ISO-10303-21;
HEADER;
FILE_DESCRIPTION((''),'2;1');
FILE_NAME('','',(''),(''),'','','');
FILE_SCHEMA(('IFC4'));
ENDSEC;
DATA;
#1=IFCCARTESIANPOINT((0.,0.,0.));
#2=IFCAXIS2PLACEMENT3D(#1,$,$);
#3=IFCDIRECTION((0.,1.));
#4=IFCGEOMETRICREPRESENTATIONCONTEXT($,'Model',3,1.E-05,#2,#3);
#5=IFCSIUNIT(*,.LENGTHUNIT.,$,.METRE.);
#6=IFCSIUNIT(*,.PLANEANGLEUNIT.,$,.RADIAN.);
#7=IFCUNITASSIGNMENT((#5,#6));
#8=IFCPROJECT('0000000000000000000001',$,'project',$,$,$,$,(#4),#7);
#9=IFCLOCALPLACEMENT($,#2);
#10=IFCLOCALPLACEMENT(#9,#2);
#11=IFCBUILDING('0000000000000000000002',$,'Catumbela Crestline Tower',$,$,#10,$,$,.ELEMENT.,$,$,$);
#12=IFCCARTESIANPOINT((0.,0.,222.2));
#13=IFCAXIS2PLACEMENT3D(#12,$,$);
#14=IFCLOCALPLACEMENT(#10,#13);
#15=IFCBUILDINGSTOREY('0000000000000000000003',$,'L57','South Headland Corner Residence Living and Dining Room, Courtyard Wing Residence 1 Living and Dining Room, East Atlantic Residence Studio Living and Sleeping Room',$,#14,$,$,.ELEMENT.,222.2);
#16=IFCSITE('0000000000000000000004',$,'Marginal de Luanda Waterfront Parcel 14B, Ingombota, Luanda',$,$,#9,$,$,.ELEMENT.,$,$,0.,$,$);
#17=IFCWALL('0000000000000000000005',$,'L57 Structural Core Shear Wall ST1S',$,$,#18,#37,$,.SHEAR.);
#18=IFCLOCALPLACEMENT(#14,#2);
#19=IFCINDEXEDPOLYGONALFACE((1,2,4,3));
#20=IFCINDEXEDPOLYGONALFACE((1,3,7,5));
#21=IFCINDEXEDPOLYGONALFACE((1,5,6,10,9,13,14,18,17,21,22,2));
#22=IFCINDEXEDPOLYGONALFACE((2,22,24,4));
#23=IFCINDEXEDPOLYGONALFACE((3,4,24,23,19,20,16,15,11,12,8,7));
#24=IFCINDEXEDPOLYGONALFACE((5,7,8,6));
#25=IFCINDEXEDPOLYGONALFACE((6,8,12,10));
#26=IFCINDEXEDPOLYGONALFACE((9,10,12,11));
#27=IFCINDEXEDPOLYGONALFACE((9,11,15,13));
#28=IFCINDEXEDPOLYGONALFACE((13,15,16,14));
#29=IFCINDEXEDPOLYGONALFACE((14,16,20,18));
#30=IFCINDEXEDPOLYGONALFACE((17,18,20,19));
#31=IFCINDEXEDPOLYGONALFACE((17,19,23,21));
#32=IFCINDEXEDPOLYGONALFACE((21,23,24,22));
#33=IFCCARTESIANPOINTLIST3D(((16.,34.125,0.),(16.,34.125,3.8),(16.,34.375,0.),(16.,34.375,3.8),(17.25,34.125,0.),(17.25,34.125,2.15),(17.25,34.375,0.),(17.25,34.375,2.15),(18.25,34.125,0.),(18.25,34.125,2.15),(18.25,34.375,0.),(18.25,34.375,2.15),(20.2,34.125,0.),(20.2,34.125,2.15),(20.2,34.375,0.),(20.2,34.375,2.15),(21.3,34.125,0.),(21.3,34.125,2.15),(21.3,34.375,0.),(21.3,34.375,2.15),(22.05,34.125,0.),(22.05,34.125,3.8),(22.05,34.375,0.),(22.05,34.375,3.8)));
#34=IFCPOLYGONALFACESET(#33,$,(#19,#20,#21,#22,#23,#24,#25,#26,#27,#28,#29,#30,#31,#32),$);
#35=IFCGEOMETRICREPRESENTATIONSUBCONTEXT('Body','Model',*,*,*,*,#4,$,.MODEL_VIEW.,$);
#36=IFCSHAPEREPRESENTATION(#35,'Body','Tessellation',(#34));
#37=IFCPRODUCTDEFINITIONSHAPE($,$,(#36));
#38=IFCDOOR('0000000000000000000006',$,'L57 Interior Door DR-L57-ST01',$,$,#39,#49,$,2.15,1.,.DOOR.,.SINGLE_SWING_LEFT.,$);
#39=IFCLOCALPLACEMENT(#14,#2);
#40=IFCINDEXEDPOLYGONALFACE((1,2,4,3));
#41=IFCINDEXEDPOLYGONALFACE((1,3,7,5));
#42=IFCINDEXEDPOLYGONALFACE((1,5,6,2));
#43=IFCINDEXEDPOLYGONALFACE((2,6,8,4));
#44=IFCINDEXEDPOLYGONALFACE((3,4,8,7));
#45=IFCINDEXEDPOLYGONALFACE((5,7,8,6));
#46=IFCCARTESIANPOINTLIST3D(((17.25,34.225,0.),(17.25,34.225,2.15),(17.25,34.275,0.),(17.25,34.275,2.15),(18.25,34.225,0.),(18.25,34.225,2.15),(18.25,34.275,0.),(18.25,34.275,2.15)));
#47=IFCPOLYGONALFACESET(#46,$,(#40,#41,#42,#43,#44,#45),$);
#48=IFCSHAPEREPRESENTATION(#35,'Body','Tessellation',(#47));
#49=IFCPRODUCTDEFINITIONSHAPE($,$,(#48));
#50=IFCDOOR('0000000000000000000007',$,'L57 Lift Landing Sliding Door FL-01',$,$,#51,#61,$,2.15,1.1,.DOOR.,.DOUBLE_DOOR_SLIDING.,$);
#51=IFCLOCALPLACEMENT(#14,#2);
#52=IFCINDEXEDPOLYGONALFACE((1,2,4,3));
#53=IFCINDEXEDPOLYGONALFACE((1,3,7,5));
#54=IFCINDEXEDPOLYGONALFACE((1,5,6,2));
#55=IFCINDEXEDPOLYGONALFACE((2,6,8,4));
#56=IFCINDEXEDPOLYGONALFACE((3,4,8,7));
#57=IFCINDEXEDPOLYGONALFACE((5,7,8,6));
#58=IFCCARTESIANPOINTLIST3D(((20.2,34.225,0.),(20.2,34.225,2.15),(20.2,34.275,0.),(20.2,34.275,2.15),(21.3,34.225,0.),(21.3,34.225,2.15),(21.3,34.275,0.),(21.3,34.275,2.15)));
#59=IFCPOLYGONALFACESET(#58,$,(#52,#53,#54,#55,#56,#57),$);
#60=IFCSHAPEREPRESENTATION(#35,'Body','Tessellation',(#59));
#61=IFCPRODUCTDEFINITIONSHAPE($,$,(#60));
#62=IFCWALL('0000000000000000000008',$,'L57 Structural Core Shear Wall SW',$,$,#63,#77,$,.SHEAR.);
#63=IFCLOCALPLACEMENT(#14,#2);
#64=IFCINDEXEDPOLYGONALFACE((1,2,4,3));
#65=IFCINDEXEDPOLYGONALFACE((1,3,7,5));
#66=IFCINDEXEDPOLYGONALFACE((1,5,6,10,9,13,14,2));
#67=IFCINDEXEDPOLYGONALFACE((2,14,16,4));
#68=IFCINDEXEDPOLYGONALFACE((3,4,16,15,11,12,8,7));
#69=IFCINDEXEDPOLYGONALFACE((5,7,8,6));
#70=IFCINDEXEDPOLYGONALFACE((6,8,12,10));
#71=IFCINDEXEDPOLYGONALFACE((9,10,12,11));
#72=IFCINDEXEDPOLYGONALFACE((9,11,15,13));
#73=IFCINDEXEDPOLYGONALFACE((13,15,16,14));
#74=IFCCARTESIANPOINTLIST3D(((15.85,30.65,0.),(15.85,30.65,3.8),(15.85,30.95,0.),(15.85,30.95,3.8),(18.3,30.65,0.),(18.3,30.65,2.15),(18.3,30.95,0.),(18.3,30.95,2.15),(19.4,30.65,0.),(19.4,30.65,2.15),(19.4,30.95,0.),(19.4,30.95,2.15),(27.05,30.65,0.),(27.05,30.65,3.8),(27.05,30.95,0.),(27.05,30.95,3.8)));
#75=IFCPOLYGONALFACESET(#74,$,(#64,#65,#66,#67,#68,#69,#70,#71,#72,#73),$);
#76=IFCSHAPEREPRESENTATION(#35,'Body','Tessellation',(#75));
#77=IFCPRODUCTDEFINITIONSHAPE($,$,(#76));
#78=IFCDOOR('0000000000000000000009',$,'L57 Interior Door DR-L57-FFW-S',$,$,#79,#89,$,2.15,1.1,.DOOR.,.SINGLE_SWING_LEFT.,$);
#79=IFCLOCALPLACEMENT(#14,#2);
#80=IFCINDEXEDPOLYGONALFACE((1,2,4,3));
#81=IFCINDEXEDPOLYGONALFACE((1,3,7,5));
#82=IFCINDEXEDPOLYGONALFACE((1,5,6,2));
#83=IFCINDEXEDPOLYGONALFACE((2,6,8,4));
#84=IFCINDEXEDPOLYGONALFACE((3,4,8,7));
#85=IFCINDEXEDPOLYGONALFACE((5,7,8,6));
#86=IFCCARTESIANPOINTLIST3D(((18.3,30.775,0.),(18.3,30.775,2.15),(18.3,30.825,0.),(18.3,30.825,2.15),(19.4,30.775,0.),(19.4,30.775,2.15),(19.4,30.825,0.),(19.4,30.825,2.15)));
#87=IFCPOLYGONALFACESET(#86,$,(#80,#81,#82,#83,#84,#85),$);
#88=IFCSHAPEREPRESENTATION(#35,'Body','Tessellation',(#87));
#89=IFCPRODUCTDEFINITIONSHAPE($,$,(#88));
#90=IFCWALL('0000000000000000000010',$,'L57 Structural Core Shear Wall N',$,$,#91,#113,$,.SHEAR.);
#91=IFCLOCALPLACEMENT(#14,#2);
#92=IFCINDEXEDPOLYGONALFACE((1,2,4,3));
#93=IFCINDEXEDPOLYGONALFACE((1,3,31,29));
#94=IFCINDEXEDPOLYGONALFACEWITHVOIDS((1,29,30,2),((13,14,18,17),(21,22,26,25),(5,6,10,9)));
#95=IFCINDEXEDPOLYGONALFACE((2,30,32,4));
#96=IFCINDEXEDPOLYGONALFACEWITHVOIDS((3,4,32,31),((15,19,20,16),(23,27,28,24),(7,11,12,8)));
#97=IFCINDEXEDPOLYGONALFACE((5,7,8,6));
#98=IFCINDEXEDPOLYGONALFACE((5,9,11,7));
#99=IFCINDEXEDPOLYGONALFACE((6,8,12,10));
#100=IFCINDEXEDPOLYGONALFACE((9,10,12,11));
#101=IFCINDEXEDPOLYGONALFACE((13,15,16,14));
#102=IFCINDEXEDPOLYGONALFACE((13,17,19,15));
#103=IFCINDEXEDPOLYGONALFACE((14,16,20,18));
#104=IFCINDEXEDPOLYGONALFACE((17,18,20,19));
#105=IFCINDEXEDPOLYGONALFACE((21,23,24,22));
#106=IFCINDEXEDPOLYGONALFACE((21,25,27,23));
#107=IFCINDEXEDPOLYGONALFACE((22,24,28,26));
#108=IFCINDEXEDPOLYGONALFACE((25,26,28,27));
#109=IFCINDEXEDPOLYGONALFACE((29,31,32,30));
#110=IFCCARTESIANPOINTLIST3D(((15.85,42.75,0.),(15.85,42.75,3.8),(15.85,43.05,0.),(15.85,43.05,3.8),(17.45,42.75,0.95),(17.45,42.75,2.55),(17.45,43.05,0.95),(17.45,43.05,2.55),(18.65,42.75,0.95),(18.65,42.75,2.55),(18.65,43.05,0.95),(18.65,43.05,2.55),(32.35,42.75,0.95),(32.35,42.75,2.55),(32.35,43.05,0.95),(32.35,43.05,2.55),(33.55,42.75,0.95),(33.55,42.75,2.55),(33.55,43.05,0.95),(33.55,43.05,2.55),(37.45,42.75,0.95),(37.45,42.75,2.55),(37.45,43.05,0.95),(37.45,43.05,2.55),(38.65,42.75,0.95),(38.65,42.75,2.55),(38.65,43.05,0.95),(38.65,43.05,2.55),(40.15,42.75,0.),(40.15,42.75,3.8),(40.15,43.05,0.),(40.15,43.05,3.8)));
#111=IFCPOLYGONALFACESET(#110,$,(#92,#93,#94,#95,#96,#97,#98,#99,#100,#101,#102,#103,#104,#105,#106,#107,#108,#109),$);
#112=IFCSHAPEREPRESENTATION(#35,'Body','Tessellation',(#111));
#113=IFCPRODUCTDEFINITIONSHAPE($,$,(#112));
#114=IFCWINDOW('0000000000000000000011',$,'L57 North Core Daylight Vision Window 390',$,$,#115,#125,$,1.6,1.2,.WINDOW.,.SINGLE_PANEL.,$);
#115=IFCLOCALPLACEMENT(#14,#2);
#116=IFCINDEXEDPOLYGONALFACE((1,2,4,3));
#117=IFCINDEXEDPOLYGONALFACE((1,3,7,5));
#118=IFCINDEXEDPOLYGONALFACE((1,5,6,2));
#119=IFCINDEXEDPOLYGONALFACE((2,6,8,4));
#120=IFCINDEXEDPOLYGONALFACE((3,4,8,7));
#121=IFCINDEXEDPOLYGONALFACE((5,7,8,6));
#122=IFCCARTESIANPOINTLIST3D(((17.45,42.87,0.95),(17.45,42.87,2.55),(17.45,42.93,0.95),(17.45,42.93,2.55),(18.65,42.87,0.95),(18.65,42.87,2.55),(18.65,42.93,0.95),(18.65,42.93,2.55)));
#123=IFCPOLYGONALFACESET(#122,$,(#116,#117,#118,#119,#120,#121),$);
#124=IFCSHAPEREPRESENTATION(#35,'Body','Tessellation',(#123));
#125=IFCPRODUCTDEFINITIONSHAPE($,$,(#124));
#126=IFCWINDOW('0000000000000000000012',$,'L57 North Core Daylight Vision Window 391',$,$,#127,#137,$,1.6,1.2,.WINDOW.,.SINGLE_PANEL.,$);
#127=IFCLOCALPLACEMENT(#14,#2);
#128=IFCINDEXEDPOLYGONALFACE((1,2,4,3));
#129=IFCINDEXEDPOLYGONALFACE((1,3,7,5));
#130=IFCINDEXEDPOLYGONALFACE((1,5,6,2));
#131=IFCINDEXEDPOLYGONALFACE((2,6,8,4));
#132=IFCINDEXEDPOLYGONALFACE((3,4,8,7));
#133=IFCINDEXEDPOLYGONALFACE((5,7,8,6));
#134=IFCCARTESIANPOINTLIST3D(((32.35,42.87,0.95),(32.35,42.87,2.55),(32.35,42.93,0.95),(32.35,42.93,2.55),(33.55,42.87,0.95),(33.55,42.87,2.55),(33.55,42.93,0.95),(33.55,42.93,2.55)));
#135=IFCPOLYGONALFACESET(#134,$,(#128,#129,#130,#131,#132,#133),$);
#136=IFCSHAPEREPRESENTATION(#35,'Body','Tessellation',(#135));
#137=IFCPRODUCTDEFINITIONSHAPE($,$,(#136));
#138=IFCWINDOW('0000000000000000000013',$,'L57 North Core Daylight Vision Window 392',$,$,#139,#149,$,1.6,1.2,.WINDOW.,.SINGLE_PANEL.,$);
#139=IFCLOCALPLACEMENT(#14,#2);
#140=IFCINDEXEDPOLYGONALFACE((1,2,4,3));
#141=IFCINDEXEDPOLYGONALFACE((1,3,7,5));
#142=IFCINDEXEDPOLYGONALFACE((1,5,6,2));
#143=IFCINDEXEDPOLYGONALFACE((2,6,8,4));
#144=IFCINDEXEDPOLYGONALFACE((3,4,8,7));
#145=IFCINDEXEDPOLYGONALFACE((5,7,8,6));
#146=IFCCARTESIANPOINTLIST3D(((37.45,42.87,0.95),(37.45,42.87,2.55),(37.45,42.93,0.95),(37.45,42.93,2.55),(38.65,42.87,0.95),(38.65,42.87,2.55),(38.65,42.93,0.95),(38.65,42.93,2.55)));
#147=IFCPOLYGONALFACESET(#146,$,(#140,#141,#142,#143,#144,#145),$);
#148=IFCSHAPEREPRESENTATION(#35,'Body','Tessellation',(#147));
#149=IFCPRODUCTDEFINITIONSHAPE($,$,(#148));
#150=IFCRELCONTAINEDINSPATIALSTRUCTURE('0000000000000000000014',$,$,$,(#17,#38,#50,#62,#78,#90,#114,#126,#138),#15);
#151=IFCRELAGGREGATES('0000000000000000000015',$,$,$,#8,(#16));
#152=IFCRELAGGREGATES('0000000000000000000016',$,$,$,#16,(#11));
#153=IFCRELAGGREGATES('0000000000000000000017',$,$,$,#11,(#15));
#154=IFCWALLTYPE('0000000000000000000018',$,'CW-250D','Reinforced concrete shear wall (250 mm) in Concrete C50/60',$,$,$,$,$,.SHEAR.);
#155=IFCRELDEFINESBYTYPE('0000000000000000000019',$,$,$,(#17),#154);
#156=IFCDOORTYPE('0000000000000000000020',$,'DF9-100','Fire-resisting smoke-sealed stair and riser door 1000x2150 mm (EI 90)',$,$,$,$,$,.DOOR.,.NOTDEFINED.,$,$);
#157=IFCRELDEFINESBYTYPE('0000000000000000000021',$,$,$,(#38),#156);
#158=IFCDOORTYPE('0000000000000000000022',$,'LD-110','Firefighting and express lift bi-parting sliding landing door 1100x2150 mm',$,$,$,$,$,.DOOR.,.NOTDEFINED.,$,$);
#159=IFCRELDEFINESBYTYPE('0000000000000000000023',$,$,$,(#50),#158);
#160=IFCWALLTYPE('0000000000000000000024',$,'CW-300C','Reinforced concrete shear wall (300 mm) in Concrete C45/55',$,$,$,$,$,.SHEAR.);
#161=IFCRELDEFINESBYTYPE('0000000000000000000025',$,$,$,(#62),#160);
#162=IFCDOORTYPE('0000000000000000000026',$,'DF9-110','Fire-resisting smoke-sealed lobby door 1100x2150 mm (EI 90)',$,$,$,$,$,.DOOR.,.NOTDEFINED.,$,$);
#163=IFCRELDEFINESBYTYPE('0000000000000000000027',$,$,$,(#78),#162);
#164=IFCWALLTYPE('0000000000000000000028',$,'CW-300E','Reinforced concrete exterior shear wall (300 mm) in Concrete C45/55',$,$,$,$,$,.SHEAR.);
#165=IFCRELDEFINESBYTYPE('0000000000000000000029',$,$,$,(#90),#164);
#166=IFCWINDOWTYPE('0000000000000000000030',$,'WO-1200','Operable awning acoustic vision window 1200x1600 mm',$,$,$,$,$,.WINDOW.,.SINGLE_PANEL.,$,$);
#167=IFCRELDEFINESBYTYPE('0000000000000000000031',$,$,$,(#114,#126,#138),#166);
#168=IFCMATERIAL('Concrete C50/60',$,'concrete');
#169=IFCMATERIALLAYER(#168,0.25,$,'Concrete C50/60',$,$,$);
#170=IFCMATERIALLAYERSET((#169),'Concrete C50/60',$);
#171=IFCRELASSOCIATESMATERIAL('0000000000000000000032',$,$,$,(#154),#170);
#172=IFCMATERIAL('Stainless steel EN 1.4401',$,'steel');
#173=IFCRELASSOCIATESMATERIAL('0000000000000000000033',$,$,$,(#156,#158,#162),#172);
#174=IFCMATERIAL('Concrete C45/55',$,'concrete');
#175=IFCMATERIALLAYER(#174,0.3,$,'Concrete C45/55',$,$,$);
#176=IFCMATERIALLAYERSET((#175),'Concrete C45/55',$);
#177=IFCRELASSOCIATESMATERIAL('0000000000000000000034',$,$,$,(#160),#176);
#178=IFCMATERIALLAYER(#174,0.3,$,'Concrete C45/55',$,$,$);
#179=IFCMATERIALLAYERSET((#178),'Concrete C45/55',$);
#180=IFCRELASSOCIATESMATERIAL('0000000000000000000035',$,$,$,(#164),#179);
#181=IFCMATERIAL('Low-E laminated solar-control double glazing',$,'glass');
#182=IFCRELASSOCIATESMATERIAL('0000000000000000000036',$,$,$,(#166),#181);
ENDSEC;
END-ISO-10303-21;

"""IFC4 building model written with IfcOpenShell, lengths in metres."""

from ifc_helpers import new_model, si_unit, direction, frame, frame_2d, origin, place, context, subcontext, project, spatial, rectangle, extrude, material, layer, layer_set, type_object, element, fill, save


model = new_model("IFC4")

# Units and contexts
model_context = context("Model", 3, precision=1e-05, world=origin(), true_north=direction((0.0, 1.0)))
body_context = subcontext(model_context, "Body", "Model", "MODEL_VIEW")
ifc_project = project(units=[si_unit("LENGTHUNIT", "METRE"), si_unit("PLANEANGLEUNIT", "RADIAN")], contexts=[model_context])

# Site, building, storey
site_placement = place(None, origin())
site = spatial("IfcSite", under=ifc_project, at=site_placement, Name="Marginal de Luanda Waterfront Parcel 14B, Ingombota, Luanda", CompositionType="ELEMENT", RefElevation=0.0)
building_placement = place(site_placement, origin())
building = spatial("IfcBuilding", under=site, at=building_placement, Name="Catumbela Crestline Tower", CompositionType="ELEMENT")
storey_placement = place(building_placement, frame((0.0, 0.0, 222.2)))
storey = spatial("IfcBuildingStorey", under=building, at=storey_placement, Name="L57", Description="South Headland Corner Residence Living and Dining Room, Courtyard Wing Residence 1 Living and Dining Room, East Atlantic Residence Studio Living and Sleeping Room", CompositionType="ELEMENT", Elevation=222.2)

# Shared definitions
ifc_material_1 = material(Name="Low-E laminated solar-control double glazing", Category="glass")

# Wall, openings, doors
ifc_material_2 = material(Name="Concrete C50/60", Category="concrete")
ifc_layer_1 = layer(ifc_material_2, 0.25, Name="Concrete C50/60")
ifc_layer_set_1 = layer_set([ifc_layer_1], Name="Concrete C50/60")
wall_type_1 = type_object("IfcWallType", Name="CW-250D", Description="Reinforced concrete shear wall (250 mm) in Concrete C50/60", PredefinedType="SHEAR", material=ifc_layer_set_1)
wall_1_placement = place(storey_placement, frame((16.0, 34.25, 0.0), z_axis=(0.0, 0.0, 1.0), x_axis=(1.0, 0.0, 0.0)))
wall_1 = element("IfcWall", 1, at=wall_1_placement, inside=storey, type_object=wall_type_1, Name="L57 Structural Core Shear Wall ST1S", PredefinedType="SHEAR", context=body_context, shape_type="SweptSolid", body=[
    extrude(rectangle(XDim=6.05, YDim=0.25, at=frame_2d((3.025, 0.0))), origin(), (0.0, 0.0, 1.0), 3.8),
])
opening_1_placement = place(wall_1_placement, frame((1.25, 0.0, 0.0)))
opening_1 = element("IfcOpeningElement", 2, at=opening_1_placement, cuts=wall_1, PredefinedType="OPENING", context=body_context, shape_type="SweptSolid", body=[
    extrude(rectangle(XDim=1.0, YDim=2.15, at=frame_2d((0.5, 1.075))), frame((0.0, 0.135, 0.0), z_axis=(0.0, -1.0, 0.0), x_axis=(1.0, 0.0, 0.0)), (0.0, 0.0, 1.0), 0.27),
])
opening_2_placement = place(wall_1_placement, frame((4.2, 0.0, 0.0)))
opening_2 = element("IfcOpeningElement", 3, at=opening_2_placement, cuts=wall_1, PredefinedType="OPENING", context=body_context, shape_type="SweptSolid", body=[
    extrude(rectangle(XDim=1.1, YDim=2.15, at=frame_2d((0.55, 1.075))), frame((0.0, 0.135, 0.0), z_axis=(0.0, -1.0, 0.0), x_axis=(1.0, 0.0, 0.0)), (0.0, 0.0, 1.0), 0.27),
])
ifc_material_3 = material(Name="Stainless steel EN 1.4401", Category="steel")
door_type_1 = type_object("IfcDoorType", Name="DF9-100", Description="Fire-resisting smoke-sealed stair and riser door 1000x2150 mm (EI 90)", OperationType="NOTDEFINED", PredefinedType="DOOR", material=ifc_material_3)
door_1_placement = place(opening_1_placement, origin())
door_1 = element("IfcDoor", 4, at=door_1_placement, inside=storey, type_object=door_type_1, Name="L57 Interior Door DR-L57-ST01", OperationType="SINGLE_SWING_LEFT", OverallHeight=2.15, OverallWidth=1.0, PredefinedType="DOOR", context=body_context, shape_type="SweptSolid", body=[
    extrude(rectangle(XDim=1.0, YDim=2.15, at=frame_2d((0.5, 1.075))), frame((0.0, 0.025, 0.0), z_axis=(0.0, -1.0, 0.0), x_axis=(1.0, 0.0, 0.0)), (0.0, 0.0, 1.0), 0.05),
])
fill(opening_1, door_1)
door_type_2 = type_object("IfcDoorType", Name="LD-110", Description="Firefighting and express lift bi-parting sliding landing door 1100x2150 mm", OperationType="NOTDEFINED", PredefinedType="DOOR", material=ifc_material_3)
door_2_placement = place(opening_2_placement, origin())
door_2 = element("IfcDoor", 5, at=door_2_placement, inside=storey, type_object=door_type_2, Name="L57 Lift Landing Sliding Door FL-01", OperationType="DOUBLE_DOOR_SLIDING", OverallHeight=2.15, OverallWidth=1.1, PredefinedType="DOOR", context=body_context, shape_type="SweptSolid", body=[
    extrude(rectangle(XDim=1.1, YDim=2.15, at=frame_2d((0.55, 1.075))), frame((0.0, 0.025, 0.0), z_axis=(0.0, -1.0, 0.0), x_axis=(1.0, 0.0, 0.0)), (0.0, 0.0, 1.0), 0.05),
])
fill(opening_2, door_2)

# Wall, opening, door
ifc_material_4 = material(Name="Concrete C45/55", Category="concrete")
ifc_layer_2 = layer(ifc_material_4, 0.3, Name="Concrete C45/55")
ifc_layer_set_2 = layer_set([ifc_layer_2], Name="Concrete C45/55")
wall_type_2 = type_object("IfcWallType", Name="CW-300C", Description="Reinforced concrete shear wall (300 mm) in Concrete C45/55", PredefinedType="SHEAR", material=ifc_layer_set_2)
wall_2_placement = place(storey_placement, frame((15.85, 30.8, 0.0), z_axis=(0.0, 0.0, 1.0), x_axis=(1.0, 0.0, 0.0)))
wall_2 = element("IfcWall", 6, at=wall_2_placement, inside=storey, type_object=wall_type_2, Name="L57 Structural Core Shear Wall SW", PredefinedType="SHEAR", context=body_context, shape_type="SweptSolid", body=[
    extrude(rectangle(XDim=11.2, YDim=0.3, at=frame_2d((5.6, 0.0))), origin(), (0.0, 0.0, 1.0), 3.8),
])
opening_3_placement = place(wall_2_placement, frame((2.45, 0.0, 0.0)))
opening_3 = element("IfcOpeningElement", 7, at=opening_3_placement, cuts=wall_2, PredefinedType="OPENING", context=body_context, shape_type="SweptSolid", body=[
    extrude(rectangle(XDim=1.1, YDim=2.15, at=frame_2d((0.55, 1.075))), frame((0.0, 0.16, 0.0), z_axis=(0.0, -1.0, 0.0), x_axis=(1.0, 0.0, 0.0)), (0.0, 0.0, 1.0), 0.32),
])
door_type_3 = type_object("IfcDoorType", Name="DF9-110", Description="Fire-resisting smoke-sealed lobby door 1100x2150 mm (EI 90)", OperationType="NOTDEFINED", PredefinedType="DOOR", material=ifc_material_3)
door_3_placement = place(opening_3_placement, origin())
door_3 = element("IfcDoor", 8, at=door_3_placement, inside=storey, type_object=door_type_3, Name="L57 Interior Door DR-L57-FFW-S", OperationType="SINGLE_SWING_LEFT", OverallHeight=2.15, OverallWidth=1.1, PredefinedType="DOOR", context=body_context, shape_type="SweptSolid", body=[
    extrude(rectangle(XDim=1.1, YDim=2.15, at=frame_2d((0.55, 1.075))), frame((0.0, 0.025, 0.0), z_axis=(0.0, -1.0, 0.0), x_axis=(1.0, 0.0, 0.0)), (0.0, 0.0, 1.0), 0.05),
])
fill(opening_3, door_3)

# Wall, openings, windows
ifc_layer_3 = layer(ifc_material_4, 0.3, Name="Concrete C45/55")
ifc_layer_set_3 = layer_set([ifc_layer_3], Name="Concrete C45/55")
wall_type_3 = type_object("IfcWallType", Name="CW-300E", Description="Reinforced concrete exterior shear wall (300 mm) in Concrete C45/55", PredefinedType="SHEAR", material=ifc_layer_set_3)
wall_3_placement = place(storey_placement, frame((15.85, 42.9, 0.0), z_axis=(0.0, 0.0, 1.0), x_axis=(1.0, 0.0, 0.0)))
wall_3 = element("IfcWall", 9, at=wall_3_placement, inside=storey, type_object=wall_type_3, Name="L57 Structural Core Shear Wall N", PredefinedType="SHEAR", context=body_context, shape_type="SweptSolid", body=[
    extrude(rectangle(XDim=24.3, YDim=0.3, at=frame_2d((12.15, 0.0))), origin(), (0.0, 0.0, 1.0), 3.8),
])
opening_4_placement = place(wall_3_placement, frame((1.6, 0.0, 0.95)))
opening_4 = element("IfcOpeningElement", 10, at=opening_4_placement, cuts=wall_3, PredefinedType="OPENING", context=body_context, shape_type="SweptSolid", body=[
    extrude(rectangle(XDim=1.2, YDim=1.6, at=frame_2d((0.6, 0.8))), frame((0.0, 0.16, 0.0), z_axis=(0.0, -1.0, 0.0), x_axis=(1.0, 0.0, 0.0)), (0.0, 0.0, 1.0), 0.32),
])
opening_5_placement = place(wall_3_placement, frame((16.5, 0.0, 0.95)))
opening_5 = element("IfcOpeningElement", 11, at=opening_5_placement, cuts=wall_3, PredefinedType="OPENING", context=body_context, shape_type="SweptSolid", body=[
    extrude(rectangle(XDim=1.2, YDim=1.6, at=frame_2d((0.6, 0.8))), frame((0.0, 0.16, 0.0), z_axis=(0.0, -1.0, 0.0), x_axis=(1.0, 0.0, 0.0)), (0.0, 0.0, 1.0), 0.32),
])
opening_6_placement = place(wall_3_placement, frame((21.6, 0.0, 0.95)))
opening_6 = element("IfcOpeningElement", 12, at=opening_6_placement, cuts=wall_3, PredefinedType="OPENING", context=body_context, shape_type="SweptSolid", body=[
    extrude(rectangle(XDim=1.2, YDim=1.6, at=frame_2d((0.6, 0.8))), frame((0.0, 0.16, 0.0), z_axis=(0.0, -1.0, 0.0), x_axis=(1.0, 0.0, 0.0)), (0.0, 0.0, 1.0), 0.32),
])
window_type = type_object("IfcWindowType", Name="WO-1200", Description="Operable awning acoustic vision window 1200x1600 mm", PartitioningType="SINGLE_PANEL", PredefinedType="WINDOW", material=ifc_material_1)
window_1_placement = place(opening_4_placement, origin())
window_1 = element("IfcWindow", 13, at=window_1_placement, inside=storey, type_object=window_type, Name="L57 North Core Daylight Vision Window 390", OverallHeight=1.6, OverallWidth=1.2, PartitioningType="SINGLE_PANEL", PredefinedType="WINDOW", context=body_context, shape_type="SweptSolid", body=[
    extrude(rectangle(XDim=1.2, YDim=1.6, at=frame_2d((0.6, 0.8))), frame((0.0, 0.03, 0.0), z_axis=(0.0, -1.0, 0.0), x_axis=(1.0, 0.0, 0.0)), (0.0, 0.0, 1.0), 0.06),
])
fill(opening_4, window_1)
window_2_placement = place(opening_5_placement, origin())
window_2 = element("IfcWindow", 14, at=window_2_placement, inside=storey, type_object=window_type, Name="L57 North Core Daylight Vision Window 391", OverallHeight=1.6, OverallWidth=1.2, PartitioningType="SINGLE_PANEL", PredefinedType="WINDOW", context=body_context, shape_type="SweptSolid", body=[
    extrude(rectangle(XDim=1.2, YDim=1.6, at=frame_2d((0.6, 0.8))), frame((0.0, 0.03, 0.0), z_axis=(0.0, -1.0, 0.0), x_axis=(1.0, 0.0, 0.0)), (0.0, 0.0, 1.0), 0.06),
])
fill(opening_5, window_2)
window_3_placement = place(opening_6_placement, origin())
window_3 = element("IfcWindow", 15, at=window_3_placement, inside=storey, type_object=window_type, Name="L57 North Core Daylight Vision Window 392", OverallHeight=1.6, OverallWidth=1.2, PartitioningType="SINGLE_PANEL", PredefinedType="WINDOW", context=body_context, shape_type="SweptSolid", body=[
    extrude(rectangle(XDim=1.2, YDim=1.6, at=frame_2d((0.6, 0.8))), frame((0.0, 0.03, 0.0), z_axis=(0.0, -1.0, 0.0), x_axis=(1.0, 0.0, 0.0)), (0.0, 0.0, 1.0), 0.06),
])
fill(opening_6, window_3)

save(model, "model.ifc")
